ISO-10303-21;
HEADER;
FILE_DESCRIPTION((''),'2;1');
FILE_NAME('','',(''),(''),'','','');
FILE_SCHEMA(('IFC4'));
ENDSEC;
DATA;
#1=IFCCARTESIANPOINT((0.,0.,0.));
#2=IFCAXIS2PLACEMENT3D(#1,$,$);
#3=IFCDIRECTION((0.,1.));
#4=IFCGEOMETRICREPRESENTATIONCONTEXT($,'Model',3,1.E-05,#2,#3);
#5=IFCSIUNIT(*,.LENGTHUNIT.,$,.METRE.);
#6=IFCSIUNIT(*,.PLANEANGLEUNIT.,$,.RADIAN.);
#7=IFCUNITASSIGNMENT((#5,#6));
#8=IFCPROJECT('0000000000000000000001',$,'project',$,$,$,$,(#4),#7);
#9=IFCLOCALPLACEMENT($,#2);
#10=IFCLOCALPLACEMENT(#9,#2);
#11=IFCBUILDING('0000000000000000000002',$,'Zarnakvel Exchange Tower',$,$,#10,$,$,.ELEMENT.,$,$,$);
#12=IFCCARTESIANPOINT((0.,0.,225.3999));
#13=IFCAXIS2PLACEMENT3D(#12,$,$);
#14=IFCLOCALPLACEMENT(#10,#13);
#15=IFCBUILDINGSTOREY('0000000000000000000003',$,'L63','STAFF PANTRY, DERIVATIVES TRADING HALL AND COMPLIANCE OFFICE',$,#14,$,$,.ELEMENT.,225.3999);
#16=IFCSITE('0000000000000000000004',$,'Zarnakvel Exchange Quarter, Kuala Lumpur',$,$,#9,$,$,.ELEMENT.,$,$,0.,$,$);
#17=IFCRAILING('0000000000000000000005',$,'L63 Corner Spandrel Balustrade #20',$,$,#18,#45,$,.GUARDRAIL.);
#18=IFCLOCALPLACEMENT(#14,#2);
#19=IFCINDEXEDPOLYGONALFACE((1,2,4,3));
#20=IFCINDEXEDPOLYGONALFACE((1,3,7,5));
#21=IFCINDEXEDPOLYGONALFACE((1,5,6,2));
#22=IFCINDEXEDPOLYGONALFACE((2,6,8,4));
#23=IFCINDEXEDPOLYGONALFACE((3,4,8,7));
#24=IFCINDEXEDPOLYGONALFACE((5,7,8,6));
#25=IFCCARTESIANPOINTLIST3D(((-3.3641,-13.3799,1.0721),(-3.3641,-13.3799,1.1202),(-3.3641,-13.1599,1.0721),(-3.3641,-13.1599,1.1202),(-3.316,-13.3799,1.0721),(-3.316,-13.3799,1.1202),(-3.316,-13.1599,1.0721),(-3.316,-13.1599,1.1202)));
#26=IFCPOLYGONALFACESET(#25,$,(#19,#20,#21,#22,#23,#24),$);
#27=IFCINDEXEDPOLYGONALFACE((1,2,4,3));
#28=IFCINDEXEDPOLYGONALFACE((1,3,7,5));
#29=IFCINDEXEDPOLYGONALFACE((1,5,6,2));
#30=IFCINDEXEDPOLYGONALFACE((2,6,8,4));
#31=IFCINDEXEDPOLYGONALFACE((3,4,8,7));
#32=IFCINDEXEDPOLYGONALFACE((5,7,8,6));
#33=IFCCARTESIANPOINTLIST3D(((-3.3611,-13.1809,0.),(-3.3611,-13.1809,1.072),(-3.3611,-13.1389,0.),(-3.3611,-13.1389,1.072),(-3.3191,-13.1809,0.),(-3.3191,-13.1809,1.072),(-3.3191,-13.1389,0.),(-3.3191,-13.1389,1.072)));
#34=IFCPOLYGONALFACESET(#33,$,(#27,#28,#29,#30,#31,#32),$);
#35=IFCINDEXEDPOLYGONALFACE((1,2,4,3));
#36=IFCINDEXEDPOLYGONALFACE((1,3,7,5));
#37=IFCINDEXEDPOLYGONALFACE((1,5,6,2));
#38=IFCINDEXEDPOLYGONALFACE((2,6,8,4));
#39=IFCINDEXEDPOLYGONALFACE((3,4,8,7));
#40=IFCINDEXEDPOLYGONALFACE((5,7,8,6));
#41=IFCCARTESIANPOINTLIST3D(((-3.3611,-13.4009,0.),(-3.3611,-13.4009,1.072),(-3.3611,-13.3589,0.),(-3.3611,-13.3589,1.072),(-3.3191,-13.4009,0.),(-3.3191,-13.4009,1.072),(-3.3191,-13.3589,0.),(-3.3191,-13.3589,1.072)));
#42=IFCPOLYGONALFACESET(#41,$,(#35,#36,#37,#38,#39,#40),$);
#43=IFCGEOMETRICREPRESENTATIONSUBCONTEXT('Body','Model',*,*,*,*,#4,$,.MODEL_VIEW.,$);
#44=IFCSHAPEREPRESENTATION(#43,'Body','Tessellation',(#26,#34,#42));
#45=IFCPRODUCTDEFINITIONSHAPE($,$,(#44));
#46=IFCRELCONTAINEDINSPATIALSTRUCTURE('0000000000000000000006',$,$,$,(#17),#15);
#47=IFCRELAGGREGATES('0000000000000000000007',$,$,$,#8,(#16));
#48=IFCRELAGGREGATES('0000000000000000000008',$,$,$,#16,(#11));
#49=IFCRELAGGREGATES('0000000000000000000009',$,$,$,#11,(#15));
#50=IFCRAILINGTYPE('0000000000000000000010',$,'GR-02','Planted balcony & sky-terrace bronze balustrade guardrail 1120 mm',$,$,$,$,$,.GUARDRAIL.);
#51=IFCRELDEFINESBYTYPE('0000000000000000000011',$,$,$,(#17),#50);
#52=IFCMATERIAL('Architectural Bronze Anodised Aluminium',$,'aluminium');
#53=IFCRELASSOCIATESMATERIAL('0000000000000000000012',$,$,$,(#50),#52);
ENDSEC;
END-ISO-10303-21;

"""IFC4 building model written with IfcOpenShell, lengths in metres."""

from ifc_helpers import new_model, si_unit, direction, frame, origin, origin_2d, place, context, subcontext, project, spatial, rectangle, extrude, material, type_object, element, save


model = new_model("IFC4")

# Units and contexts
model_context = context("Model", 3, precision=1e-05, world=origin(), true_north=direction((0.0, 1.0)))
body_context = subcontext(model_context, "Body", "Model", "MODEL_VIEW")
ifc_project = project(units=[si_unit("LENGTHUNIT", "METRE"), si_unit("PLANEANGLEUNIT", "RADIAN")], contexts=[model_context])

# Site, building, storey
site_placement = place(None, origin())
site = spatial("IfcSite", under=ifc_project, at=site_placement, Name="Zarnakvel Exchange Quarter, Kuala Lumpur", CompositionType="ELEMENT", RefElevation=0.0)
building_placement = place(site_placement, origin())
building = spatial("IfcBuilding", under=site, at=building_placement, Name="Zarnakvel Exchange Tower", CompositionType="ELEMENT")
storey_placement = place(building_placement, frame((0.0, 0.0, 225.3999)))
storey = spatial("IfcBuildingStorey", under=building, at=storey_placement, Name="L63", Description="STAFF PANTRY, DERIVATIVES TRADING HALL AND COMPLIANCE OFFICE", CompositionType="ELEMENT", Elevation=225.3999)

# Railing
ifc_material_1 = material(Name="Architectural Bronze Anodised Aluminium", Category="aluminium")
railing_type_1 = type_object("IfcRailingType", Name="GR-02", Description="Planted balcony & sky-terrace bronze balustrade guardrail 1120 mm", PredefinedType="GUARDRAIL", material=ifc_material_1)
railing_1_placement = place(storey_placement, frame((-3.3401, -13.1599, 0.0)))
element("IfcRailing", 1, at=railing_1_placement, inside=storey, type_object=railing_type_1, Name="L63 Corner Spandrel Balustrade #20", PredefinedType="GUARDRAIL", context=body_context, shape_type="SweptSolid", body=[
    extrude(rectangle(XDim=0.0481, YDim=0.0481, at=origin_2d()), frame((0.0, 0.0, 1.0962), z_axis=(0.0, -1.0, 0.0), x_axis=(1.0, 0.0, 0.0)), (0.0, 0.0, 1.0), 0.22),
    extrude(rectangle(XDim=0.042, YDim=0.042, at=origin_2d()), origin(), (0.0, 0.0, 1.0), 1.072),
    extrude(rectangle(XDim=0.042, YDim=0.042, at=origin_2d()), frame((0.0, -0.22, 0.0)), (0.0, 0.0, 1.0), 1.072),
])

save(model, "model.ifc")
